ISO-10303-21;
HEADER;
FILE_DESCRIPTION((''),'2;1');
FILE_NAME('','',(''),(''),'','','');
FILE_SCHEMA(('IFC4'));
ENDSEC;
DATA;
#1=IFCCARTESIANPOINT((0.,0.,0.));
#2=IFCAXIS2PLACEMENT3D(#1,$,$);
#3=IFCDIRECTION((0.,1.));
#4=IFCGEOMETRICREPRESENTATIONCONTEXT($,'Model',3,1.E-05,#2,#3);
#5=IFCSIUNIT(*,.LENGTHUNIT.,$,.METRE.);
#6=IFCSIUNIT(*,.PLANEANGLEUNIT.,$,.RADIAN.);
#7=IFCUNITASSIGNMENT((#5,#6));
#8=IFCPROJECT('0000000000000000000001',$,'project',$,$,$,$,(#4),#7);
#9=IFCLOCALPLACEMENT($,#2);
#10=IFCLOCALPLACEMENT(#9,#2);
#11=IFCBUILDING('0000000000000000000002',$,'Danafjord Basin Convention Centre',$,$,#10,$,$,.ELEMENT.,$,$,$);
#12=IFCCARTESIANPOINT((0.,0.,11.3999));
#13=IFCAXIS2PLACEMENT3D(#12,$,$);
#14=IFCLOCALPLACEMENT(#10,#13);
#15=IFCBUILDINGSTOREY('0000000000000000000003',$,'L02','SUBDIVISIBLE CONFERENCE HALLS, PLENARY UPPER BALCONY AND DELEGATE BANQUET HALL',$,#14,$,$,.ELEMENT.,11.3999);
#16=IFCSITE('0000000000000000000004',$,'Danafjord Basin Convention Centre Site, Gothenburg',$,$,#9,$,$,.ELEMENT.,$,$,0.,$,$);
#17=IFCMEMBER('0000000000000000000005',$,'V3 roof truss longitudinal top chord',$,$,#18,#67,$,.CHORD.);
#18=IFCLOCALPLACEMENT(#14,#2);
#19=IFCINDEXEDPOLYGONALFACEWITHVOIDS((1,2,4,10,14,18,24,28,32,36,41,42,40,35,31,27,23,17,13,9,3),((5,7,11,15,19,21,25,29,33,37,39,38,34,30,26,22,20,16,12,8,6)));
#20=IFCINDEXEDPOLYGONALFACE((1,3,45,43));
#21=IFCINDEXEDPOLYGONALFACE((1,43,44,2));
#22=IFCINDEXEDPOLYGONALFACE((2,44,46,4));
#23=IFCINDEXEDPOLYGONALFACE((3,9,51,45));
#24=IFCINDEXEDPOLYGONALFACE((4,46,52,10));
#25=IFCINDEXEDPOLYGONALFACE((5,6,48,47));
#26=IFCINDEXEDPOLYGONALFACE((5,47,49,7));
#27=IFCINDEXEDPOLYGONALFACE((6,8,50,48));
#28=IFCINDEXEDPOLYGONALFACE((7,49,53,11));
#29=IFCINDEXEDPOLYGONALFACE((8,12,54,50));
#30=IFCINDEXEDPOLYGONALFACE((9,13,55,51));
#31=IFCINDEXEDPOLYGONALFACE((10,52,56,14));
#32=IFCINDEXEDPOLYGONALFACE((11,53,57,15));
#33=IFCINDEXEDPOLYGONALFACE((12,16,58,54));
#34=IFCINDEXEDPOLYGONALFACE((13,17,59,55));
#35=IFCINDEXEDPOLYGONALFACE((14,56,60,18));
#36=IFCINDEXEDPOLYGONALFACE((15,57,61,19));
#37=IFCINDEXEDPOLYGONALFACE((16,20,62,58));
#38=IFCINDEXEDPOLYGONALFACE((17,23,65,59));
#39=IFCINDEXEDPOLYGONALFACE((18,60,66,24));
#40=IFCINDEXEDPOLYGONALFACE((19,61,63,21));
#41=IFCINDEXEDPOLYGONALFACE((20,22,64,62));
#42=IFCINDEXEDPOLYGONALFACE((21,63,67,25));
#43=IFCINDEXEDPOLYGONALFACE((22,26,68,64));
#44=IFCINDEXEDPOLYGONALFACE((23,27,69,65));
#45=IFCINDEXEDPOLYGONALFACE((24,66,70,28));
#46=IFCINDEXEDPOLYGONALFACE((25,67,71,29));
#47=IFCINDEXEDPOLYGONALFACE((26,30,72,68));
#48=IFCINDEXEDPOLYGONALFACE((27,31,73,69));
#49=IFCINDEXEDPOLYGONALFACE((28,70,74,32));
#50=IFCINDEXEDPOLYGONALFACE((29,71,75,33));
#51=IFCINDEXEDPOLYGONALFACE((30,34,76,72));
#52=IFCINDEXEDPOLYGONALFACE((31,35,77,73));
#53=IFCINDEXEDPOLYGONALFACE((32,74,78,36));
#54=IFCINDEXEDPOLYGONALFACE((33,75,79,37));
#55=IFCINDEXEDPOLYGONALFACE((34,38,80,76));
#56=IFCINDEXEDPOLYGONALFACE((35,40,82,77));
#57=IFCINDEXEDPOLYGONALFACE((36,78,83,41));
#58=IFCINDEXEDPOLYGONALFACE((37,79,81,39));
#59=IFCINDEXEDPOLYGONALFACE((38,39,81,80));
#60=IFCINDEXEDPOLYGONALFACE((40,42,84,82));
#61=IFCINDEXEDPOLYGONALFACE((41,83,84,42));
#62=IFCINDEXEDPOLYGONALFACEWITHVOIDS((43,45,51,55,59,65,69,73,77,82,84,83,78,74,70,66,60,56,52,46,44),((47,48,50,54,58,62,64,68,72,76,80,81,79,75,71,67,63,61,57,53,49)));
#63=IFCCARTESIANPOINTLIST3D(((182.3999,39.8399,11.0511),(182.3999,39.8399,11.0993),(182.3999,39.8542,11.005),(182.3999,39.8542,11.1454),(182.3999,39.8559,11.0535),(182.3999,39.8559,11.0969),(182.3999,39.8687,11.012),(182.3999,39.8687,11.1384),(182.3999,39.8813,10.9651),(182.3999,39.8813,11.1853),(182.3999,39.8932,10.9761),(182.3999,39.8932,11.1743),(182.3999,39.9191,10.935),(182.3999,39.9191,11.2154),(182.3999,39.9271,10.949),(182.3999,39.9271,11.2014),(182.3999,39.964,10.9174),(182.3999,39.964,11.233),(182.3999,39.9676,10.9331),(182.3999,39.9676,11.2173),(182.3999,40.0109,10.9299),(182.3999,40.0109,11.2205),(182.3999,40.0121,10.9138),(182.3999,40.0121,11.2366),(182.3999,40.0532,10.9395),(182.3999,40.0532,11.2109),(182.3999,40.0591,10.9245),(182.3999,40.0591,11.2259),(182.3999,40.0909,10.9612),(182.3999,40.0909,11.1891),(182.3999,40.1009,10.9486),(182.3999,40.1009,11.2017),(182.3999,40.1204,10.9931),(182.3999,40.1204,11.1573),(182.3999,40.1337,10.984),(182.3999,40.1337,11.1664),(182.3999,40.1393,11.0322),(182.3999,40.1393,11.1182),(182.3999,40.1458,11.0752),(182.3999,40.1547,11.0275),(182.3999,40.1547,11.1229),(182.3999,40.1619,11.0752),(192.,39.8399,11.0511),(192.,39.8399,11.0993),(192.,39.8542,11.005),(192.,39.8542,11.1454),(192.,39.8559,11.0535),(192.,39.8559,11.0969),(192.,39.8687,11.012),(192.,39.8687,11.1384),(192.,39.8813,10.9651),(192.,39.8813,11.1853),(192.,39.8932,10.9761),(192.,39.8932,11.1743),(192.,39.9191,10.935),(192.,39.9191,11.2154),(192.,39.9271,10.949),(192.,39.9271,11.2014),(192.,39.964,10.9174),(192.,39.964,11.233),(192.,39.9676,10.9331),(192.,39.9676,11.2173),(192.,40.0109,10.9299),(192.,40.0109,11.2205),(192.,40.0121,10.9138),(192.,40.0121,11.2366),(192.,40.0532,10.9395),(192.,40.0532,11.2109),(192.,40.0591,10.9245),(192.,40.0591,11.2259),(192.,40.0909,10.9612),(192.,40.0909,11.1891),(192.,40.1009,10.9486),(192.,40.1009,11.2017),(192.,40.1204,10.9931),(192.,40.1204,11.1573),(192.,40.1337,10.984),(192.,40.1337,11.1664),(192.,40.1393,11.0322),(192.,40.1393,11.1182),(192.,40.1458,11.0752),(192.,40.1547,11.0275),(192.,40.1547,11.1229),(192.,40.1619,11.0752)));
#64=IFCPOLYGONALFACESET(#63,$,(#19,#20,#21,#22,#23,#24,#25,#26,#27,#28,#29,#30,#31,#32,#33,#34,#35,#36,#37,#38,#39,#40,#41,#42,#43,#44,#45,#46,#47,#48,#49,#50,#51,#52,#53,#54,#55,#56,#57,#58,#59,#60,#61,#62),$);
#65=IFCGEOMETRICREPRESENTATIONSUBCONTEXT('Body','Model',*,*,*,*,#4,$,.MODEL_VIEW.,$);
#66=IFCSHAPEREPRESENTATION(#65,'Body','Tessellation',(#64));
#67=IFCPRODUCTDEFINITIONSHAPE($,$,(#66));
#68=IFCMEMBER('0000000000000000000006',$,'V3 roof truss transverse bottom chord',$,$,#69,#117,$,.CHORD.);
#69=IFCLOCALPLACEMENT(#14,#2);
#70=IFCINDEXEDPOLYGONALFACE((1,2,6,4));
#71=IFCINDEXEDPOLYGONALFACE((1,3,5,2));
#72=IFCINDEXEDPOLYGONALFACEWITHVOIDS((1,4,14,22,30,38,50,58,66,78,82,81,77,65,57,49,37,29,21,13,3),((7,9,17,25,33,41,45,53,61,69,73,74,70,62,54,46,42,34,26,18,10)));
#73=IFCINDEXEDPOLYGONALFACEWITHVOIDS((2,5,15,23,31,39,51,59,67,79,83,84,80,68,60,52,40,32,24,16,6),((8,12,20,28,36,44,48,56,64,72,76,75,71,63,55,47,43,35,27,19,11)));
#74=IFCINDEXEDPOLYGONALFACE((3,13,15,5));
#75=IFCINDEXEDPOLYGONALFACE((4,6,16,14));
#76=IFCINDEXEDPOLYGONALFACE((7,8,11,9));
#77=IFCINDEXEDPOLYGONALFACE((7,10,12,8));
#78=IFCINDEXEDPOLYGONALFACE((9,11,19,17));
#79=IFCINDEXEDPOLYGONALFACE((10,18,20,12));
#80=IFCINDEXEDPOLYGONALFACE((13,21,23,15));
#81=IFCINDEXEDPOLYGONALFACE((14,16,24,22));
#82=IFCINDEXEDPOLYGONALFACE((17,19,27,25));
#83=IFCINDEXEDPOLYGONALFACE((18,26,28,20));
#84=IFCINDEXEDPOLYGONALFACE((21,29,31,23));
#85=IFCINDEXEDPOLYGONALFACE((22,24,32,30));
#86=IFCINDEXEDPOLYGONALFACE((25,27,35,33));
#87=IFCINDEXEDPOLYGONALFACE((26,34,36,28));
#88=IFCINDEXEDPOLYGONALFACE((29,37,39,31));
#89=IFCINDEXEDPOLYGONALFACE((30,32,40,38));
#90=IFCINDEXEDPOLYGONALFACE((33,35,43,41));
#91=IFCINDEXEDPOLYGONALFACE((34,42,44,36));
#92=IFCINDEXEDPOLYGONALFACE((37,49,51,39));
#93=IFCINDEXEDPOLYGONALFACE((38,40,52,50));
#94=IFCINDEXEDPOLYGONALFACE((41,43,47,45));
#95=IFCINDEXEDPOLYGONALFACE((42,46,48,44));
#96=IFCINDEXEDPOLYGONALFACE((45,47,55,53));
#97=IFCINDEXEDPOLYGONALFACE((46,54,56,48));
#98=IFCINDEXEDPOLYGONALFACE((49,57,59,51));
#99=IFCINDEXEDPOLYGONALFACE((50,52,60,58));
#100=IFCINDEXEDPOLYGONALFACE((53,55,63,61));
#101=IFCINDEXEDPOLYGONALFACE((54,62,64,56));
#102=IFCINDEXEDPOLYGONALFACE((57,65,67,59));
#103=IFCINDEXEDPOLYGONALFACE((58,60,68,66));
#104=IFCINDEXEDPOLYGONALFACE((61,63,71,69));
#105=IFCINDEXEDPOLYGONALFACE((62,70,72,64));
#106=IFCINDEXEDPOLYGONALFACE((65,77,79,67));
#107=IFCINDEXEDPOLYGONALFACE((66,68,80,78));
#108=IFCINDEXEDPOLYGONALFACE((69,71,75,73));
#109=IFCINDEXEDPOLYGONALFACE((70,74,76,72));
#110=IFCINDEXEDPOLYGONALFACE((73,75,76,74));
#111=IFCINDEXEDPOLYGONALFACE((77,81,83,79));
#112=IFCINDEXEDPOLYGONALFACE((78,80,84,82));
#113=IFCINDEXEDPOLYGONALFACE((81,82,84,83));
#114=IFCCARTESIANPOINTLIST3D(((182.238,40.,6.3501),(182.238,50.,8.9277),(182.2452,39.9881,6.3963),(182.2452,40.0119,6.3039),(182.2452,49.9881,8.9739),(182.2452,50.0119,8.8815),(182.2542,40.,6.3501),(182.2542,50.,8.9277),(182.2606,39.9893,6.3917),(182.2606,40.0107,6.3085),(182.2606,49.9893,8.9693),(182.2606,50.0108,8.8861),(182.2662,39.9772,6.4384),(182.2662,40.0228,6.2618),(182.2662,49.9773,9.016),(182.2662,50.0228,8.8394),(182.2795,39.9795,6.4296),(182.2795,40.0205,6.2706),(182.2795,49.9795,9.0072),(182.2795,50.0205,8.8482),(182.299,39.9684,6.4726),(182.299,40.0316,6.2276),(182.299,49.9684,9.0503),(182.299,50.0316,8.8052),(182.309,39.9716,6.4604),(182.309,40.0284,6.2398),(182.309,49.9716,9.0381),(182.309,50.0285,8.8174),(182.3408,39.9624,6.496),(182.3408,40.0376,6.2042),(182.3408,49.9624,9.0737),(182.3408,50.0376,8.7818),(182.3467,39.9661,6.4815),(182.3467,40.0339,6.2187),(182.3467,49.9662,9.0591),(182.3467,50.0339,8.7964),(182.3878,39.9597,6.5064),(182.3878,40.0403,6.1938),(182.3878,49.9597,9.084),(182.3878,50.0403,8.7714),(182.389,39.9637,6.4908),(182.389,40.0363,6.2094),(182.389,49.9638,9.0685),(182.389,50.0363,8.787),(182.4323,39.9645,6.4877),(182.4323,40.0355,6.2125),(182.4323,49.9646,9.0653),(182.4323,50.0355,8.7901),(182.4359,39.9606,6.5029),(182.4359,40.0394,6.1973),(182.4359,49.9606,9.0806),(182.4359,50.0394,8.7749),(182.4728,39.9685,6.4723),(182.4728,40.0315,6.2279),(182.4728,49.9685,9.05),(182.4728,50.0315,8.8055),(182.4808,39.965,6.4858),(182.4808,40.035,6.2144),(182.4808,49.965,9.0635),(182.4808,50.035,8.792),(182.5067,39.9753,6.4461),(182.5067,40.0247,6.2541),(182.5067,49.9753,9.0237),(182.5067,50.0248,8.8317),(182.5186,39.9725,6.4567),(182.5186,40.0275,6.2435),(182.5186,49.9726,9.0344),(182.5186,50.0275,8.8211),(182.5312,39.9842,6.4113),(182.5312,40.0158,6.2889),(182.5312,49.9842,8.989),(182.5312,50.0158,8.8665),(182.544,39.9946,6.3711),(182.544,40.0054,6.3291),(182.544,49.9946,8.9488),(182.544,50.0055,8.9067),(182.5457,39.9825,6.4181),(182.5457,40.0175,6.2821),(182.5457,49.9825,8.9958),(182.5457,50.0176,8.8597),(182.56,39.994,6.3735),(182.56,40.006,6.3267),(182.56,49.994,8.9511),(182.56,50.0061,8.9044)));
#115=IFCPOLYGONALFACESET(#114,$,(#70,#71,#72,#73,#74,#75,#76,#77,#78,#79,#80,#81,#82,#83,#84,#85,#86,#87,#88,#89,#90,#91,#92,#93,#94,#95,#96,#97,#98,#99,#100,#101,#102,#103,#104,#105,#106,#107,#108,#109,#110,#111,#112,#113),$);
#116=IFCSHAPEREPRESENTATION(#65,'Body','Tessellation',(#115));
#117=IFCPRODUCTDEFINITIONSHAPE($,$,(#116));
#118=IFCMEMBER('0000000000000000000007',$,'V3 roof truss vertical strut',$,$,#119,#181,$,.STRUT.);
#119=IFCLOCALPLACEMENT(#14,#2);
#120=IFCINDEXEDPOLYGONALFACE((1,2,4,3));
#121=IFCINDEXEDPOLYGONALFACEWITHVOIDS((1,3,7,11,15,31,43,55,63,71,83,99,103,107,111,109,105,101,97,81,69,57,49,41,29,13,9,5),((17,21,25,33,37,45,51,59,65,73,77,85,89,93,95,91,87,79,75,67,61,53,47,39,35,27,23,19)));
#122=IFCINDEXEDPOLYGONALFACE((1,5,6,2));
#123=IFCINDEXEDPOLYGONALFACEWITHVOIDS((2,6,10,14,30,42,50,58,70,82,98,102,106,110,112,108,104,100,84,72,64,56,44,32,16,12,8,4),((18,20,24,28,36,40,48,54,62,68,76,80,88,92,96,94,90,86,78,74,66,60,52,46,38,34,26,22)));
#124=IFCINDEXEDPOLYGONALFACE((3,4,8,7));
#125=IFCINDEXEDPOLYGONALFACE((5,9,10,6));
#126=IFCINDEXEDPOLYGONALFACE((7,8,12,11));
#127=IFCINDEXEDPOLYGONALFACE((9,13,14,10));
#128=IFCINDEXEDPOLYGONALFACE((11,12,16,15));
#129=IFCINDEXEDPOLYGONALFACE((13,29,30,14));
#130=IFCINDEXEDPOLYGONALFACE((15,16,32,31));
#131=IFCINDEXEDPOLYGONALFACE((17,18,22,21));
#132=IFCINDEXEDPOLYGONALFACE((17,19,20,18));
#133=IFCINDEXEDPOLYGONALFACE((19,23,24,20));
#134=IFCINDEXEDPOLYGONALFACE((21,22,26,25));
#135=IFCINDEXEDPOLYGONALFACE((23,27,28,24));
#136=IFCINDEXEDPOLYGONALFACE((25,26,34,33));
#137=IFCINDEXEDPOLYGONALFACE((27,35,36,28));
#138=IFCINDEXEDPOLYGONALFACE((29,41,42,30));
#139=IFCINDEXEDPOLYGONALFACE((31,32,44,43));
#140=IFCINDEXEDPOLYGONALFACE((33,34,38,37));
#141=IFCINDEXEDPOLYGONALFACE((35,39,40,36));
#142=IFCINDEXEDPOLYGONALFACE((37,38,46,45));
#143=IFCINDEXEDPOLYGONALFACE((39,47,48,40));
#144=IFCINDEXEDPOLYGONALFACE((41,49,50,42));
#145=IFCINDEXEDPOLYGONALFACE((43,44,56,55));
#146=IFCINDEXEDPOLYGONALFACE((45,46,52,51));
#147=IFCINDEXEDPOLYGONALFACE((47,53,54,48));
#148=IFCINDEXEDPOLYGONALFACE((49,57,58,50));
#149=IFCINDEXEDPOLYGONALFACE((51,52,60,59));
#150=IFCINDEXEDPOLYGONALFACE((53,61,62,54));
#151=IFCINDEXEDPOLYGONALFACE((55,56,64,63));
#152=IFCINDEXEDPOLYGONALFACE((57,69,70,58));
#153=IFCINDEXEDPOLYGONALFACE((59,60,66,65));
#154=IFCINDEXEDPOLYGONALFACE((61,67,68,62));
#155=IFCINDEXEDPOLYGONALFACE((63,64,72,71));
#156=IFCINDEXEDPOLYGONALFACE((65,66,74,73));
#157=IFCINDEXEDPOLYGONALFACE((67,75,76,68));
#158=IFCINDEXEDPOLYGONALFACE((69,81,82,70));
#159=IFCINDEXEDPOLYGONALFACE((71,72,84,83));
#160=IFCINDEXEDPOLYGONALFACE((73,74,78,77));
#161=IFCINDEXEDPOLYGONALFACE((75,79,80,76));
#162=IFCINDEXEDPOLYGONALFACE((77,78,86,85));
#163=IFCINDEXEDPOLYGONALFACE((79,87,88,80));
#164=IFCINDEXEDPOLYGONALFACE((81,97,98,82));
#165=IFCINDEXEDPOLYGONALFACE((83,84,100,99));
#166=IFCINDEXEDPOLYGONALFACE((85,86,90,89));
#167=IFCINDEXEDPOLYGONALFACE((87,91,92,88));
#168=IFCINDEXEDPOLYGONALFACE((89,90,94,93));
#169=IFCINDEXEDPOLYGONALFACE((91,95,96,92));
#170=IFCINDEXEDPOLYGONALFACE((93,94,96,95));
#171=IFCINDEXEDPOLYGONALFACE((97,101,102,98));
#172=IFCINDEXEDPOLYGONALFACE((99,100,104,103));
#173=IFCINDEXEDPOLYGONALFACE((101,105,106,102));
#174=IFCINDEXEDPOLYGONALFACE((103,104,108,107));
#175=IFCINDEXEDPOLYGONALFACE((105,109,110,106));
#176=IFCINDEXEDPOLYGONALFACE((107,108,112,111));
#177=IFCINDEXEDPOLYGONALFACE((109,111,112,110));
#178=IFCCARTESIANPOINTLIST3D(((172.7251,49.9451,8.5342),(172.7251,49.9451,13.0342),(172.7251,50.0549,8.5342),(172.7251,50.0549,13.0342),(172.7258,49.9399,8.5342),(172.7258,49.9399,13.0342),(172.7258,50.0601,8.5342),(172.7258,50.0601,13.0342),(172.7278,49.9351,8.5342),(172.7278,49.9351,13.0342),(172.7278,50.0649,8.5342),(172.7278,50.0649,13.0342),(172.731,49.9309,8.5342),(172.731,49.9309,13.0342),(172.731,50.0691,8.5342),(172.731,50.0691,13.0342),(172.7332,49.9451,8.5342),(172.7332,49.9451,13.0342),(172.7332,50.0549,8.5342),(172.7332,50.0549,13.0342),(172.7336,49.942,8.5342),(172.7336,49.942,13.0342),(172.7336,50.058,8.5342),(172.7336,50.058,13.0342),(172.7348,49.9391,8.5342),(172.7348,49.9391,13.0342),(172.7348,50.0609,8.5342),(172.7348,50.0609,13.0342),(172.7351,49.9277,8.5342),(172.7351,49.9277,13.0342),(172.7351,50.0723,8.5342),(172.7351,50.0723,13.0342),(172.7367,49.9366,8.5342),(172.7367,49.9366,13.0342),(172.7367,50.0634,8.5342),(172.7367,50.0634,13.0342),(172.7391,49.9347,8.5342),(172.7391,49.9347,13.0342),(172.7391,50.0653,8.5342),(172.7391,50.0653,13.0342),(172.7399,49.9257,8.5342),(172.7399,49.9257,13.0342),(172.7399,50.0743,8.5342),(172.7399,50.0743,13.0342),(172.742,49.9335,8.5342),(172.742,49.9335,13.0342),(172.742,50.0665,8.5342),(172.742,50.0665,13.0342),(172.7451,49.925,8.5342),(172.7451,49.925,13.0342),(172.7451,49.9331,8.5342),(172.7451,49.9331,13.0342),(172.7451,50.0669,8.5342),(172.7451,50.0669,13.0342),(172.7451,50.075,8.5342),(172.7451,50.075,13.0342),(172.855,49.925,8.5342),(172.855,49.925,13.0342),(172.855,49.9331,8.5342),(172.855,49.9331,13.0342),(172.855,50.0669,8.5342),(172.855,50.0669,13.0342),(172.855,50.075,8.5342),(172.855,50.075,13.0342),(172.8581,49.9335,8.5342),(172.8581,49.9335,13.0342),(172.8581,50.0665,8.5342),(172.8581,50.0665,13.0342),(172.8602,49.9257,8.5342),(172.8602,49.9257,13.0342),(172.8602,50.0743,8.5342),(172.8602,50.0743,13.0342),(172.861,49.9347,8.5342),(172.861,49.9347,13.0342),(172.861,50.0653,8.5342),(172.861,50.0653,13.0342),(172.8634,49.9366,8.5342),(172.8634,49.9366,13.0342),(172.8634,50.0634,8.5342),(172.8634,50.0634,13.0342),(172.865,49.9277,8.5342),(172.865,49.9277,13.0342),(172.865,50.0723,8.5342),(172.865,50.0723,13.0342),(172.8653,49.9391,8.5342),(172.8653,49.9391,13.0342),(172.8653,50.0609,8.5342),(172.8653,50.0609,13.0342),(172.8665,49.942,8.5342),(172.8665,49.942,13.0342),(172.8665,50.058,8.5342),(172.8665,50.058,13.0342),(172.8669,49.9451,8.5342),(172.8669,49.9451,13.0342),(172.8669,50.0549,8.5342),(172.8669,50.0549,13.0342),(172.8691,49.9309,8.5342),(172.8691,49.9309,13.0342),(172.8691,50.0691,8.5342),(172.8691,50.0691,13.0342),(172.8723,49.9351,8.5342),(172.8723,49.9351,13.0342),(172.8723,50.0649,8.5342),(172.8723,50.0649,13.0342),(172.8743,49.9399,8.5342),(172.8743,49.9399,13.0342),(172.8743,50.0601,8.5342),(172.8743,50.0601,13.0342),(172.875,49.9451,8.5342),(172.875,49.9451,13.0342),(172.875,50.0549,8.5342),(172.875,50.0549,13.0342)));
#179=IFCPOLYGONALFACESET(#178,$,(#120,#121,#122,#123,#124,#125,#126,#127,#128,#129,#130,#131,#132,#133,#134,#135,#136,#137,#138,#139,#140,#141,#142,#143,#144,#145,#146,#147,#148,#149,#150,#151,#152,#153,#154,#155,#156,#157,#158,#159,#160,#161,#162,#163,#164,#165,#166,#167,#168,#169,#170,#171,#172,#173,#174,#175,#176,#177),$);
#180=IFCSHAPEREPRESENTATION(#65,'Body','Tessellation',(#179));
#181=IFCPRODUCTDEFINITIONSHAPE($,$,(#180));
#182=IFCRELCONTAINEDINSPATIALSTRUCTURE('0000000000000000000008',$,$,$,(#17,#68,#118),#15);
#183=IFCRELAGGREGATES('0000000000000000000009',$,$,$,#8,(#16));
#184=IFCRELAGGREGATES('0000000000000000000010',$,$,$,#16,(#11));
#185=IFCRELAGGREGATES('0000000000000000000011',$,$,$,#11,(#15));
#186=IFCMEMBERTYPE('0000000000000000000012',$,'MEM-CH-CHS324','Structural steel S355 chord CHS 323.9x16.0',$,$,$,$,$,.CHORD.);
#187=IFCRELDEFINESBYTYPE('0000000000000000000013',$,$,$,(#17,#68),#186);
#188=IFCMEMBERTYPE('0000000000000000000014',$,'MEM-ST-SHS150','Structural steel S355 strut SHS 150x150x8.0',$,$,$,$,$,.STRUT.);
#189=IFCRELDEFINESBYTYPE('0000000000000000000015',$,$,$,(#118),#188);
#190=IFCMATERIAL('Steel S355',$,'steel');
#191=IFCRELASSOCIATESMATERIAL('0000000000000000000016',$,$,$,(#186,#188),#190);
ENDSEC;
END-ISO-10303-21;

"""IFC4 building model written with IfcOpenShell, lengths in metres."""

from ifc_helpers import new_model, si_unit, direction, frame, origin, origin_2d, place, context, subcontext, project, spatial, hollow_rectangle, hollow_circle, extrude, material, material_profile, profile_set, type_object, element, save


model = new_model("IFC4")

# Units and contexts
model_context = context("Model", 3, precision=1e-05, world=origin(), true_north=direction((0.0, 1.0)))
body_context = subcontext(model_context, "Body", "Model", "MODEL_VIEW")
ifc_project = project(units=[si_unit("LENGTHUNIT", "METRE"), si_unit("PLANEANGLEUNIT", "RADIAN")], contexts=[model_context])

# Site, building, storey
site_placement = place(None, origin())
site = spatial("IfcSite", under=ifc_project, at=site_placement, Name="Danafjord Basin Convention Centre Site, Gothenburg", CompositionType="ELEMENT", RefElevation=0.0)
building_placement = place(site_placement, origin())
building = spatial("IfcBuilding", under=site, at=building_placement, Name="Danafjord Basin Convention Centre", CompositionType="ELEMENT")
storey_placement = place(building_placement, frame((0.0, 0.0, 11.3999)))
storey = spatial("IfcBuildingStorey", under=building, at=storey_placement, Name="L02", Description="SUBDIVISIBLE CONFERENCE HALLS, PLENARY UPPER BALCONY AND DELEGATE BANQUET HALL", CompositionType="ELEMENT", Elevation=11.3999)

# Shared definitions
ifc_material_1 = material(Name="Steel S355", Category="steel")

# Members
ifc_material_profile_1 = material_profile(ifc_material_1, hollow_circle(Radius=0.1619, WallThickness=0.0161, at=origin_2d()), Name="CHS 323.9x16.0")
ifc_profile_set_1 = profile_set([ifc_material_profile_1], Name="Steel S355")
member_type_1 = type_object("IfcMemberType", Name="MEM-CH-CHS324", Description="Structural steel S355 chord CHS 323.9x16.0", PredefinedType="CHORD", material=ifc_profile_set_1)
member_1_placement = place(storey_placement, frame((182.3999, 40.0, 11.0752), z_axis=(1.0, 0.0, 0.0), x_axis=(0.0, 1.0, 0.0)))
element("IfcMember", 1, at=member_1_placement, inside=storey, type_object=member_type_1, Name="V3 roof truss longitudinal top chord", PredefinedType="CHORD", context=body_context, shape_type="SweptSolid", body=[
    extrude(hollow_circle(Radius=0.1619, WallThickness=0.0161, at=origin_2d()), origin(), (0.0, 0.0, 1.0), 9.6001),
])
member_2_placement = place(storey_placement, frame((182.3999, 40.0, 6.3501), z_axis=(0.0, 0.968348, 0.249605), x_axis=(-1.0, 0.0, 0.0)))
element("IfcMember", 2, at=member_2_placement, inside=storey, type_object=member_type_1, Name="V3 roof truss transverse bottom chord", PredefinedType="CHORD", context=body_context, shape_type="SweptSolid", body=[
    extrude(hollow_circle(Radius=0.1619, WallThickness=0.0161, at=origin_2d()), origin(), (0.0, 0.0, 1.0), 10.3269),
])
ifc_material_profile_2 = material_profile(ifc_material_1, hollow_rectangle(XDim=0.1499, YDim=0.1499, WallThickness=0.0081, InnerFilletRadius=0.012, OuterFilletRadius=0.02, at=origin_2d()), Name="SHS 150x150x8.0")
ifc_profile_set_2 = profile_set([ifc_material_profile_2], Name="Steel S355")
member_type_2 = type_object("IfcMemberType", Name="MEM-ST-SHS150", Description="Structural steel S355 strut SHS 150x150x8.0", PredefinedType="STRUT", material=ifc_profile_set_2)
member_3_placement = place(storey_placement, frame((172.8, 50.0, 8.5342), z_axis=(0.0, 0.0, 1.0), x_axis=(1.0, 0.0, 0.0)))
element("IfcMember", 3, at=member_3_placement, inside=storey, type_object=member_type_2, Name="V3 roof truss vertical strut", PredefinedType="STRUT", context=body_context, shape_type="SweptSolid", body=[
    extrude(hollow_rectangle(XDim=0.1499, YDim=0.1499, WallThickness=0.0081, InnerFilletRadius=0.012, OuterFilletRadius=0.02, at=origin_2d()), origin(), (0.0, 0.0, 1.0), 4.5),
])

save(model, "model.ifc")
